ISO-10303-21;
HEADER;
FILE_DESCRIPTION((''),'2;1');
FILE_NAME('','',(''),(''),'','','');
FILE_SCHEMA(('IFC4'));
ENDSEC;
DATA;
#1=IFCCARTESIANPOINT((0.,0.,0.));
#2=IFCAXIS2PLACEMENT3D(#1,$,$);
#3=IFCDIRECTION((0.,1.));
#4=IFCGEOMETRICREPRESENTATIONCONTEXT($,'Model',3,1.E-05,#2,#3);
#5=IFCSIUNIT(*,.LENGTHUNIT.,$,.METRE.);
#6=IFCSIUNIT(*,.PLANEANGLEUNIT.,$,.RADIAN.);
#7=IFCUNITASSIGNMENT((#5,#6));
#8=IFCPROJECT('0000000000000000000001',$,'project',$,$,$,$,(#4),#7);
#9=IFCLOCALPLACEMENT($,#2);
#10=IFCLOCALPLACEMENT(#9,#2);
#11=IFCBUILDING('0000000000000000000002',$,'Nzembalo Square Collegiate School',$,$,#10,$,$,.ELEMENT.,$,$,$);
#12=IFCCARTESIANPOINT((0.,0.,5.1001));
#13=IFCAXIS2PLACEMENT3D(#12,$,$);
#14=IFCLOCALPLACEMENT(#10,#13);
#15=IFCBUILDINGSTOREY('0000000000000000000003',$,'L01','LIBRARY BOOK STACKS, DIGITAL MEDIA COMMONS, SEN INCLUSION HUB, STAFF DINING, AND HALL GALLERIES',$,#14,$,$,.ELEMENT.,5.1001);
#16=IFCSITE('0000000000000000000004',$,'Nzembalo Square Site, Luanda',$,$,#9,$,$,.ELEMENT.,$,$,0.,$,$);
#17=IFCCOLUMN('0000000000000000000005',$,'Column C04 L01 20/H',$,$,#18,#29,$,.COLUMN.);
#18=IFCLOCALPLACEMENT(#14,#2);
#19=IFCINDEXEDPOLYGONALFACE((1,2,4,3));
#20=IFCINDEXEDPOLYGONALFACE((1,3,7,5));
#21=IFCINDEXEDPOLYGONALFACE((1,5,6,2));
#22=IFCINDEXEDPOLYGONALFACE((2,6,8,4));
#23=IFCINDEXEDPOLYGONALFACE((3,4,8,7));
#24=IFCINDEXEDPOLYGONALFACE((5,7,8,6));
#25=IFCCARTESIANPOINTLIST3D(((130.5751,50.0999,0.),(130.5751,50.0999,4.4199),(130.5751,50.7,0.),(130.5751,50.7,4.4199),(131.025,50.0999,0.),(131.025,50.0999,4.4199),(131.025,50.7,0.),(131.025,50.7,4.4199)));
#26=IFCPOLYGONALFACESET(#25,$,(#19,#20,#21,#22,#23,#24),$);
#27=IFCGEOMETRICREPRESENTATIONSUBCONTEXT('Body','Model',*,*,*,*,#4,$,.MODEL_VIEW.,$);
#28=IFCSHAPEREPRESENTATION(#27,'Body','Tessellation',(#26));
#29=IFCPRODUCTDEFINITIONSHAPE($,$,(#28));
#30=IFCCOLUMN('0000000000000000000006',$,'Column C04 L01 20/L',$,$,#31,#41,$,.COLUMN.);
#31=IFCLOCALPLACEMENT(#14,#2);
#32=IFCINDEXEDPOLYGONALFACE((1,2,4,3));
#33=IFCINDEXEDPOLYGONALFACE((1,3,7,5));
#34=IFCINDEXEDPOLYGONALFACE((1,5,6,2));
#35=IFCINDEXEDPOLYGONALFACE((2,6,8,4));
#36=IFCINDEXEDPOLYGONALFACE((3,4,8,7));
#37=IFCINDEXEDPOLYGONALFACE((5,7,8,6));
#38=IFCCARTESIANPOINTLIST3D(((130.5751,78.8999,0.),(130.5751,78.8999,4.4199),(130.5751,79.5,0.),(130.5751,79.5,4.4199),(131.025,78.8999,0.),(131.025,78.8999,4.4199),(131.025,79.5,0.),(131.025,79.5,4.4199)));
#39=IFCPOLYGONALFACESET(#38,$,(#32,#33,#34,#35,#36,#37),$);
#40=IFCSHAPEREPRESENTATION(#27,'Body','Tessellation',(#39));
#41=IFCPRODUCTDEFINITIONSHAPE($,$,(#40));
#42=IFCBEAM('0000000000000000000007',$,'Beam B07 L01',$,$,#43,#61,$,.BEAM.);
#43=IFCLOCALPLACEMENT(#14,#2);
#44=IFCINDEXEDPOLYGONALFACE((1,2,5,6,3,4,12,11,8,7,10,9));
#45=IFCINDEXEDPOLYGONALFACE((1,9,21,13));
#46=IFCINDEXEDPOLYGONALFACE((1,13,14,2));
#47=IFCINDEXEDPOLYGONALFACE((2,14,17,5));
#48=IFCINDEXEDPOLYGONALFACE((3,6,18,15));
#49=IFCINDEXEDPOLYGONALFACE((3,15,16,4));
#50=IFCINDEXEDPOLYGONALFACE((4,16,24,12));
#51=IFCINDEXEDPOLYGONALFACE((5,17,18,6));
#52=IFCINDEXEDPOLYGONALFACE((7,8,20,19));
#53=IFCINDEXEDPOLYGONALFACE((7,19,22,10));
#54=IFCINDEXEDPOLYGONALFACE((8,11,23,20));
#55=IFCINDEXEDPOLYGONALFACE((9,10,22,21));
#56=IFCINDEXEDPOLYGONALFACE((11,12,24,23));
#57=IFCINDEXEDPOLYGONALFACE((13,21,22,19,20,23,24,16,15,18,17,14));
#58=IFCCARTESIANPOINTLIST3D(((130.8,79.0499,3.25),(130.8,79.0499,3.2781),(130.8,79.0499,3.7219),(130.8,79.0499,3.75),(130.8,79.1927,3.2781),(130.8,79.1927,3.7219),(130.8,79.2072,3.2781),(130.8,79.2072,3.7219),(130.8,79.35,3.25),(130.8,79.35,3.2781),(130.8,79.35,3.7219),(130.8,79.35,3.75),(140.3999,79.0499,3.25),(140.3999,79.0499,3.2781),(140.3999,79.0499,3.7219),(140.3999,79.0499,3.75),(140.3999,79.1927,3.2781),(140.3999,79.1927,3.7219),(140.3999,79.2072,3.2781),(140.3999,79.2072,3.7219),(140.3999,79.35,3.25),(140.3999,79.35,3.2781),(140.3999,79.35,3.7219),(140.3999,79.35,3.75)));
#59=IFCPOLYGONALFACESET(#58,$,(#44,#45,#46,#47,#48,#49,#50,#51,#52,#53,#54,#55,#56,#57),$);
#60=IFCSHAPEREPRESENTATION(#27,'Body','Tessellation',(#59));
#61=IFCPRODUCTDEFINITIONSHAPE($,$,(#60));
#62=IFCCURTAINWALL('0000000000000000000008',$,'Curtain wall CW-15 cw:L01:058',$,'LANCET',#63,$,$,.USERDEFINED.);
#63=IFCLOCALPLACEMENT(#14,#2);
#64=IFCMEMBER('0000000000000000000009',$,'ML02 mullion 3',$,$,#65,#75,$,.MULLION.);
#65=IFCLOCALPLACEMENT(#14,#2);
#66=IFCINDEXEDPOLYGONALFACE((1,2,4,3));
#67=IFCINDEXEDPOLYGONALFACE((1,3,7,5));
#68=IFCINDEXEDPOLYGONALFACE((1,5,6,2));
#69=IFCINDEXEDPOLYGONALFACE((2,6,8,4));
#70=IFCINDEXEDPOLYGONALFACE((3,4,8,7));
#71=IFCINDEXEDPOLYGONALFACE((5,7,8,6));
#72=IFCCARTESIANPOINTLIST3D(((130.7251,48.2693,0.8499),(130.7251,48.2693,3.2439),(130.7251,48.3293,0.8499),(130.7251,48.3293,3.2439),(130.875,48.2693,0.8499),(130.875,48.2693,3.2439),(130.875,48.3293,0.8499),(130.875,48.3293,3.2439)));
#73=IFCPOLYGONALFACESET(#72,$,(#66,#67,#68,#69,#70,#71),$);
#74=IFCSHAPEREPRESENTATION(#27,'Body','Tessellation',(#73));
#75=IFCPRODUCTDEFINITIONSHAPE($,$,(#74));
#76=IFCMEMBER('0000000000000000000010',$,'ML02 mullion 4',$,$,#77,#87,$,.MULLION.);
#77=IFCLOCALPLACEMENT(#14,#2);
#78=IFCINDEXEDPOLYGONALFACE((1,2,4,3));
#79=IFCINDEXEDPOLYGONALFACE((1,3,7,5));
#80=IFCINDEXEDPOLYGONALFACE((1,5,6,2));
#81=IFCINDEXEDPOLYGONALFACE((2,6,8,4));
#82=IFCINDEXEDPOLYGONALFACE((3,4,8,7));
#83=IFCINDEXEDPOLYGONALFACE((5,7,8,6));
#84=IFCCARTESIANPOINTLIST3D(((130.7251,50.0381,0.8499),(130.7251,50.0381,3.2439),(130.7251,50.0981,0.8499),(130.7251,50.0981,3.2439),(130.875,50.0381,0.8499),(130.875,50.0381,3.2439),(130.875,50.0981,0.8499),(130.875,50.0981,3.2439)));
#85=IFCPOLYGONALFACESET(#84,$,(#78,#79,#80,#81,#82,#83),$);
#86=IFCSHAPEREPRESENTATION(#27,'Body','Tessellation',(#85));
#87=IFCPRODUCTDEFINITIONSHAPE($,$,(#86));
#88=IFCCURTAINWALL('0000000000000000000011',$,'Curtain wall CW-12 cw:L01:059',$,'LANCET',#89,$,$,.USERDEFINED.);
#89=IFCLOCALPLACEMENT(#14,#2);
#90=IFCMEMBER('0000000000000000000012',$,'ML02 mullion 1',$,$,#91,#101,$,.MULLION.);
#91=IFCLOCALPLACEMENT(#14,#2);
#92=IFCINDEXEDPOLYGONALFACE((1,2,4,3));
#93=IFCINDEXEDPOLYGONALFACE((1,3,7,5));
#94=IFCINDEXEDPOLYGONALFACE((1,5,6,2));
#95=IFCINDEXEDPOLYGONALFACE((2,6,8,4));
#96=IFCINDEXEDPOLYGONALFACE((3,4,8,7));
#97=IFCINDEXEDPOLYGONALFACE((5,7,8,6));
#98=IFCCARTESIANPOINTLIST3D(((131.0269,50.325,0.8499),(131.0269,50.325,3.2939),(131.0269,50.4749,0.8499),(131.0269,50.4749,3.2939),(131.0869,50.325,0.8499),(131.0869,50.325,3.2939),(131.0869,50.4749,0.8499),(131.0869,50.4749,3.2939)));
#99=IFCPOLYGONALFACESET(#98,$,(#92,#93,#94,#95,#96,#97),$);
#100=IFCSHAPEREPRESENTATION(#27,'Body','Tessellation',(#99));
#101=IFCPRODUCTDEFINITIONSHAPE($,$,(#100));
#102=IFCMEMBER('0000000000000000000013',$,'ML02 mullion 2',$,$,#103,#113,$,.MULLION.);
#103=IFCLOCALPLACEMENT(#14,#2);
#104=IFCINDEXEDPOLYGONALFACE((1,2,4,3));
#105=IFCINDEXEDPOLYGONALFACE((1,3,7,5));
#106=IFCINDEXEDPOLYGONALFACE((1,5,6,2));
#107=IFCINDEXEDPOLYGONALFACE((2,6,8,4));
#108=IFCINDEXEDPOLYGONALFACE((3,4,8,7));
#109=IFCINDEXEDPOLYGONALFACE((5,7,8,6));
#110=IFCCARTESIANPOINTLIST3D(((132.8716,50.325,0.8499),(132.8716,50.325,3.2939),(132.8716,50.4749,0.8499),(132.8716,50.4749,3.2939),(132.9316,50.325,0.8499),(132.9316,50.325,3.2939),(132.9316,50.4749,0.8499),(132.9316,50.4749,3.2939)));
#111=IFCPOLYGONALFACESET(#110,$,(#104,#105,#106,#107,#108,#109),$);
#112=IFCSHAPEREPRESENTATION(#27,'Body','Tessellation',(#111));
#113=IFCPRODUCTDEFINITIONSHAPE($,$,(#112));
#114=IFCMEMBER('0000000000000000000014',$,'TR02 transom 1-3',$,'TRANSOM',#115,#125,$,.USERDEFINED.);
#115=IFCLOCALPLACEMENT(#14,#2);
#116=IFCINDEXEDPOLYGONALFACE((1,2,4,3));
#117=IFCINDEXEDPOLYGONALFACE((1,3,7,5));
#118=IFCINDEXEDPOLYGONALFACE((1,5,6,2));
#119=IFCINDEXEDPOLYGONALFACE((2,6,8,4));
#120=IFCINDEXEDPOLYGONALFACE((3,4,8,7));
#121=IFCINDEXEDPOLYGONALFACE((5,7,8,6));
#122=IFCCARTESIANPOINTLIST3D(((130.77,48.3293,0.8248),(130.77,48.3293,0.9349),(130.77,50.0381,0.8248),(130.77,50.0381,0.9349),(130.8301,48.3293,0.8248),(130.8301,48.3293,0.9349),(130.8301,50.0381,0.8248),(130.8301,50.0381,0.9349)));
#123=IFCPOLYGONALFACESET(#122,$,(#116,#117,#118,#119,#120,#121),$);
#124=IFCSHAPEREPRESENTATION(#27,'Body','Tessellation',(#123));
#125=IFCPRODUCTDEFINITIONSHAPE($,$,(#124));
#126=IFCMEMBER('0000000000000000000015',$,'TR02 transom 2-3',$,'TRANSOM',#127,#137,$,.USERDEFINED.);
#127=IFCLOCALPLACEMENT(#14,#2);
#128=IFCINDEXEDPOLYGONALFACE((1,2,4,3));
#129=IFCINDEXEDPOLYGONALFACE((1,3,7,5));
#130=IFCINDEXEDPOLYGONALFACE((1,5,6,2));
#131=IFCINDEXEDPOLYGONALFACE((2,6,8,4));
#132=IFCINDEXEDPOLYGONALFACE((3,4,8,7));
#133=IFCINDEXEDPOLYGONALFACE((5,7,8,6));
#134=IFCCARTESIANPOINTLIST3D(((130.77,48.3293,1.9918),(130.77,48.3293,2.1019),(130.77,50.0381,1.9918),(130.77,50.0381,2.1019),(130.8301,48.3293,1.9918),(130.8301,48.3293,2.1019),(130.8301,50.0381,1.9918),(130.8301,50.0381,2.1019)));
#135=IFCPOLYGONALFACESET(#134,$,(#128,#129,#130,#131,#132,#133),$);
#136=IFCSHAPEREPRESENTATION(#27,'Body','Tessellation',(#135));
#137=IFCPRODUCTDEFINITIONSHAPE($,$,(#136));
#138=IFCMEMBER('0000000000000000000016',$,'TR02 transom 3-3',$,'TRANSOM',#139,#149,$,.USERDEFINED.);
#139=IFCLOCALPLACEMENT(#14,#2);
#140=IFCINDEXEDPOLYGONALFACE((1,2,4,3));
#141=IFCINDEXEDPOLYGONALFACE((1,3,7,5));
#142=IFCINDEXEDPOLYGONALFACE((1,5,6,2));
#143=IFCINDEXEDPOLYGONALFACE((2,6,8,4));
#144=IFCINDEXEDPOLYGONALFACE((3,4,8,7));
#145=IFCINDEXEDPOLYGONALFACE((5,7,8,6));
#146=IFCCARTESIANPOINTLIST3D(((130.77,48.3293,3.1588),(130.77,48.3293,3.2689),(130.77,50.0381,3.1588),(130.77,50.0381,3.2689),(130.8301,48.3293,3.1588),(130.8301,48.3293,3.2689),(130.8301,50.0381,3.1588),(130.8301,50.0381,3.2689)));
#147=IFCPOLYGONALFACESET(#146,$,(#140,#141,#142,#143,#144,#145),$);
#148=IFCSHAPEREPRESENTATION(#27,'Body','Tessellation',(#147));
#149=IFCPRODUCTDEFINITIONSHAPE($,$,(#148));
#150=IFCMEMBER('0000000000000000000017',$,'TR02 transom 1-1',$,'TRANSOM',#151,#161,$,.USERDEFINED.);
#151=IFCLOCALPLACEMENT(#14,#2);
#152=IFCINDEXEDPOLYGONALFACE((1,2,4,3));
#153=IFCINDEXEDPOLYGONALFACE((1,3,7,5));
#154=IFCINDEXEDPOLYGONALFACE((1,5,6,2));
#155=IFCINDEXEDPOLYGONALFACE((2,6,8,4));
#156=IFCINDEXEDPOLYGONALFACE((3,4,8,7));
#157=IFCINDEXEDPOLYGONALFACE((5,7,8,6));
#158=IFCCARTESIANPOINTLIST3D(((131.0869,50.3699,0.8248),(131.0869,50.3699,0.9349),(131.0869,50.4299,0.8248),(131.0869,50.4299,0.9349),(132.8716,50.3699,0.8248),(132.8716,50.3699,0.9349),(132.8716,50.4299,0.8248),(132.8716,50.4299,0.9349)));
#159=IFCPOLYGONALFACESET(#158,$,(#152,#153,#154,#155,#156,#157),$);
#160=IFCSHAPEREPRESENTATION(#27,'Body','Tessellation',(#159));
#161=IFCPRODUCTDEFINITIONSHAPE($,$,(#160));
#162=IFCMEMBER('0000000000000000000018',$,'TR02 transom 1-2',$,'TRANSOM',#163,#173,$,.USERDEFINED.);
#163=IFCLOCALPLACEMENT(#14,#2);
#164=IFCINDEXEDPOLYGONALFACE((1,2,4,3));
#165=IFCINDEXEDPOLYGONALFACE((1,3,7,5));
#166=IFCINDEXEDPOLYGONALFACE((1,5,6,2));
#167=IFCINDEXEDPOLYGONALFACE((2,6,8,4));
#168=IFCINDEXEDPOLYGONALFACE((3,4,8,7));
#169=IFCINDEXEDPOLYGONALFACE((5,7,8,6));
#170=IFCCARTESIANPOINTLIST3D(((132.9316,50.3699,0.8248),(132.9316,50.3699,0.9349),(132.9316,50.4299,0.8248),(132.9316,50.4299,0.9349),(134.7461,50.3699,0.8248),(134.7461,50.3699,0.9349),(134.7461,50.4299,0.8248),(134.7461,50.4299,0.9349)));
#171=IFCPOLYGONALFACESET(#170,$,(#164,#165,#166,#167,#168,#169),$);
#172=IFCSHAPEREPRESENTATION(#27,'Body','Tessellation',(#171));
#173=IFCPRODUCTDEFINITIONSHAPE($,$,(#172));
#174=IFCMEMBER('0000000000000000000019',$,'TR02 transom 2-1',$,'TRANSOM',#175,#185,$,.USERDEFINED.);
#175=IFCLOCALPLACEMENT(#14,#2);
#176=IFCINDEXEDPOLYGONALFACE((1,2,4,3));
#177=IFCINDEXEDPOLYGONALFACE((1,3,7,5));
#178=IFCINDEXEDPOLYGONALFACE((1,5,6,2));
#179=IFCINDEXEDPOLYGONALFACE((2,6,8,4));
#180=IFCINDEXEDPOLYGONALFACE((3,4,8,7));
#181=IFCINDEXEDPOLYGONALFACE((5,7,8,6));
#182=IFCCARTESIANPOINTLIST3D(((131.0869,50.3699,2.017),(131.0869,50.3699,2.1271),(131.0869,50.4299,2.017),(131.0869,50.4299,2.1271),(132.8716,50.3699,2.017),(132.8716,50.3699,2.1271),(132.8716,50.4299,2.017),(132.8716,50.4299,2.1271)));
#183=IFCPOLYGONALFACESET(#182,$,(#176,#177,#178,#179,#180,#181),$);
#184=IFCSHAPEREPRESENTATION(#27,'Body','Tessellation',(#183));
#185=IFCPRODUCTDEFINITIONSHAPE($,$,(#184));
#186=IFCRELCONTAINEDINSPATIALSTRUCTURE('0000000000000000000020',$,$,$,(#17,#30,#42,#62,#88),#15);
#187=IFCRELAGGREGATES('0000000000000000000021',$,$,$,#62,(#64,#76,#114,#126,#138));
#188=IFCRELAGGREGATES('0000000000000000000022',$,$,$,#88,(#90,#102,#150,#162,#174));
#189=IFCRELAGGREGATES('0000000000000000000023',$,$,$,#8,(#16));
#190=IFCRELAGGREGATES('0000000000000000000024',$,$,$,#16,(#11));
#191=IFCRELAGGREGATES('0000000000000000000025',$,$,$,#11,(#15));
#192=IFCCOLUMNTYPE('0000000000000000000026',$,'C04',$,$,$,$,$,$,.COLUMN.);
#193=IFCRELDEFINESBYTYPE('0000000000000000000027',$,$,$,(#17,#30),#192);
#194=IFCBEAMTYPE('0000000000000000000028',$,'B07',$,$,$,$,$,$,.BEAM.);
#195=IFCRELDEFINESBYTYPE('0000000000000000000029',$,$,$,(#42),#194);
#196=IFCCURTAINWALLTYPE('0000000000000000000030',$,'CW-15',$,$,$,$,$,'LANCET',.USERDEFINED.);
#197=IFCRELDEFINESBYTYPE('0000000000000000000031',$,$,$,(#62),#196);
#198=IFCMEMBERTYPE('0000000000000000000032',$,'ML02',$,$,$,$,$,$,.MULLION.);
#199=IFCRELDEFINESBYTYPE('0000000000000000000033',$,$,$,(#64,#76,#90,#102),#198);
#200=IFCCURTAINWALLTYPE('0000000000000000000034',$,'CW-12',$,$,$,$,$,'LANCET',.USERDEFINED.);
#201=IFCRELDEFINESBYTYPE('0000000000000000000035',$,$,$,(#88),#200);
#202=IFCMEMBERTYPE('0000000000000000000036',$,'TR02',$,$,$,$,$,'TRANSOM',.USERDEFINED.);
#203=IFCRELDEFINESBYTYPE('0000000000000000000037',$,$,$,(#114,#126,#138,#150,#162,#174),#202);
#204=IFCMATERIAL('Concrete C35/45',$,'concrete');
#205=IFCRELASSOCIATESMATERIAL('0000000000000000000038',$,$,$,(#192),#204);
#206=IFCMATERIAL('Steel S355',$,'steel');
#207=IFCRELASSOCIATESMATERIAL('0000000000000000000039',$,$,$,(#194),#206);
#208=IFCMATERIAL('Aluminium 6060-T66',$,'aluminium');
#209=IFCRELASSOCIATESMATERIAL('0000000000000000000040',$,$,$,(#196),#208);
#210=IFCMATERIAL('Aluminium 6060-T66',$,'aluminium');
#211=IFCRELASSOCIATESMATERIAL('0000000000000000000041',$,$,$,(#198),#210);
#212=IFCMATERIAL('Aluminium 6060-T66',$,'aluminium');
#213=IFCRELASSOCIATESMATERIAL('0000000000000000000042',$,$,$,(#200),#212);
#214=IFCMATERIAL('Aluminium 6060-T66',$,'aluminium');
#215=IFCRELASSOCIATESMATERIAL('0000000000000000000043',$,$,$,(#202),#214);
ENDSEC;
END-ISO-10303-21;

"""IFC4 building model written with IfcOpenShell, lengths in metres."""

from ifc_helpers import new_model, si_unit, direction, frame, origin, origin_2d, place, context, subcontext, project, spatial, rectangle, i_section, extrude, material, material_profile, profile_set, type_object, element, aggregate, save


model = new_model("IFC4")

# Units and contexts
model_context = context("Model", 3, precision=1e-05, world=origin(), true_north=direction((0.0, 1.0)))
body_context = subcontext(model_context, "Body", "Model", "MODEL_VIEW")
ifc_project = project(units=[si_unit("LENGTHUNIT", "METRE"), si_unit("PLANEANGLEUNIT", "RADIAN")], contexts=[model_context])

# Site, building, storey
site_placement = place(None, origin())
site = spatial("IfcSite", under=ifc_project, at=site_placement, Name="Nzembalo Square Site, Luanda", CompositionType="ELEMENT", RefElevation=0.0)
building_placement = place(site_placement, origin())
building = spatial("IfcBuilding", under=site, at=building_placement, Name="Nzembalo Square Collegiate School", CompositionType="ELEMENT")
storey_placement = place(building_placement, frame((0.0, 0.0, 5.1001)))
storey = spatial("IfcBuildingStorey", under=building, at=storey_placement, Name="L01", Description="LIBRARY BOOK STACKS, DIGITAL MEDIA COMMONS, SEN INCLUSION HUB, STAFF DINING, AND HALL GALLERIES", CompositionType="ELEMENT", Elevation=5.1001)

# Columns
ifc_material_1 = material(Name="Concrete C35/45", Category="concrete")
ifc_material_profile_1 = material_profile(ifc_material_1, rectangle(XDim=0.45, YDim=0.6001, at=origin_2d()), Name="RC 450x600")
ifc_profile_set_1 = profile_set([ifc_material_profile_1], Name="Concrete C35/45")
column_type = type_object("IfcColumnType", Name="C04", PredefinedType="COLUMN", material=ifc_profile_set_1)
for number, where, z_axis, x_axis, name in (
    (1, (130.8, 50.3999, 0.0), (0.0, 0.0, 1.0), (1.0, 0.0, 0.0), "Column C04 L01 20/H"),
    (2, (130.8, 79.2, 0.0), (0.0, 0.0, 1.0), (1.0, 0.0, 0.0), "Column C04 L01 20/L"),
):
    element("IfcColumn", number, at=place(storey_placement, frame(where, z_axis=z_axis, x_axis=x_axis)), inside=storey, type_object=column_type, Name=name, PredefinedType="COLUMN", context=body_context, shape_type="SweptSolid", body=[
        extrude(rectangle(XDim=0.45, YDim=0.6001, at=origin_2d()), origin(), (0.0, 0.0, 1.0), 4.4199),
    ])

# Beam
ifc_material_2 = material(Name="Steel S355", Category="steel")
ifc_material_profile_2 = material_profile(ifc_material_2, i_section(OverallWidth=0.3, OverallDepth=0.5, WebThickness=0.0144, FlangeThickness=0.0281, at=origin_2d()), Name="HEB 500")
ifc_profile_set_2 = profile_set([ifc_material_profile_2], Name="Steel S355")
beam_type = type_object("IfcBeamType", Name="B07", PredefinedType="BEAM", material=ifc_profile_set_2)
beam_placement = place(storey_placement, frame((130.8, 79.2, 3.5), z_axis=(1.0, 0.0, 0.0), x_axis=(0.0, 1.0, 0.0)))
element("IfcBeam", 3, at=beam_placement, inside=storey, type_object=beam_type, Name="Beam B07 L01", PredefinedType="BEAM", context=body_context, shape_type="SweptSolid", body=[
    extrude(i_section(OverallWidth=0.3, OverallDepth=0.5, WebThickness=0.0144, FlangeThickness=0.0281, at=origin_2d()), origin(), (0.0, 0.0, 1.0), 9.5999),
])

# Curtain walls, members
ifc_material_3 = material(Name="Aluminium 6060-T66", Category="aluminium")
curtain_wall_type_1 = type_object("IfcCurtainWallType", Name="CW-15", ElementType="LANCET", PredefinedType="USERDEFINED", material=ifc_material_3)
curtain_wall_1_placement = place(storey_placement, origin())
curtain_wall_1 = element("IfcCurtainWall", 4, at=curtain_wall_1_placement, inside=storey, type_object=curtain_wall_type_1, Name="Curtain wall CW-15 cw:L01:058", ObjectType="LANCET", PredefinedType="USERDEFINED")
ifc_material_4 = material(Name="Aluminium 6060-T66", Category="aluminium")
ifc_material_profile_3 = material_profile(ifc_material_4, rectangle(XDim=0.0601, YDim=0.1499, at=origin_2d()), Name="ALU M60x150")
ifc_profile_set_3 = profile_set([ifc_material_profile_3], Name="Aluminium 6060-T66")
member_type_1 = type_object("IfcMemberType", Name="ML02", PredefinedType="MULLION", material=ifc_profile_set_3)
member_1_placement = place(storey_placement, frame((130.8, 48.2993, 0.8499), z_axis=(0.0, 0.0, 1.0), x_axis=(0.0, 1.0, 0.0)))
member_1 = element("IfcMember", 5, at=member_1_placement, type_object=member_type_1, Name="ML02 mullion 3", PredefinedType="MULLION", context=body_context, shape_type="SweptSolid", body=[
    extrude(rectangle(XDim=0.0601, YDim=0.1499, at=origin_2d()), origin(), (0.0, 0.0, 1.0), 2.394),
])
member_2_placement = place(storey_placement, frame((130.8, 50.0681, 0.8499), z_axis=(0.0, 0.0, 1.0), x_axis=(0.0, 1.0, 0.0)))
member_2 = element("IfcMember", 6, at=member_2_placement, type_object=member_type_1, Name="ML02 mullion 4", PredefinedType="MULLION", context=body_context, shape_type="SweptSolid", body=[
    extrude(rectangle(XDim=0.0601, YDim=0.1499, at=origin_2d()), origin(), (0.0, 0.0, 1.0), 2.394),
])
ifc_material_5 = material(Name="Aluminium 6060-T66", Category="aluminium")
curtain_wall_type_2 = type_object("IfcCurtainWallType", Name="CW-12", ElementType="LANCET", PredefinedType="USERDEFINED", material=ifc_material_5)
curtain_wall_2_placement = place(storey_placement, origin())
curtain_wall_2 = element("IfcCurtainWall", 7, at=curtain_wall_2_placement, inside=storey, type_object=curtain_wall_type_2, Name="Curtain wall CW-12 cw:L01:059", ObjectType="LANCET", PredefinedType="USERDEFINED")
member_3_placement = place(storey_placement, frame((131.0569, 50.3999, 0.8499), z_axis=(0.0, 0.0, 1.0), x_axis=(1.0, 0.0, 0.0)))
member_3 = element("IfcMember", 8, at=member_3_placement, type_object=member_type_1, Name="ML02 mullion 1", PredefinedType="MULLION", context=body_context, shape_type="SweptSolid", body=[
    extrude(rectangle(XDim=0.0601, YDim=0.1499, at=origin_2d()), origin(), (0.0, 0.0, 1.0), 2.4441),
])
member_4_placement = place(storey_placement, frame((132.9016, 50.3999, 0.8499), z_axis=(0.0, 0.0, 1.0), x_axis=(1.0, 0.0, 0.0)))
member_4 = element("IfcMember", 9, at=member_4_placement, type_object=member_type_1, Name="ML02 mullion 2", PredefinedType="MULLION", context=body_context, shape_type="SweptSolid", body=[
    extrude(rectangle(XDim=0.0601, YDim=0.1499, at=origin_2d()), origin(), (0.0, 0.0, 1.0), 2.4441),
])

# Members
ifc_material_6 = material(Name="Aluminium 6060-T66", Category="aluminium")
ifc_material_profile_4 = material_profile(ifc_material_6, rectangle(XDim=0.0601, YDim=0.1101, at=origin_2d()), Name="ALU T60x110")
ifc_profile_set_4 = profile_set([ifc_material_profile_4], Name="Aluminium 6060-T66")
member_type_2 = type_object("IfcMemberType", Name="TR02", ElementType="TRANSOM", PredefinedType="USERDEFINED", material=ifc_profile_set_4)
member_5_placement = place(storey_placement, frame((130.8, 48.3293, 0.8799), z_axis=(0.0, 1.0, 0.0), x_axis=(-1.0, 0.0, 0.0)))
member_5 = element("IfcMember", 10, at=member_5_placement, type_object=member_type_2, Name="TR02 transom 1-3", ObjectType="TRANSOM", PredefinedType="USERDEFINED", context=body_context, shape_type="SweptSolid", body=[
    extrude(rectangle(XDim=0.0601, YDim=0.1101, at=origin_2d()), origin(), (0.0, 0.0, 1.0), 1.7087),
])
member_6_placement = place(storey_placement, frame((130.8, 48.3293, 2.0469), z_axis=(0.0, 1.0, 0.0), x_axis=(-1.0, 0.0, 0.0)))
member_6 = element("IfcMember", 11, at=member_6_placement, type_object=member_type_2, Name="TR02 transom 2-3", ObjectType="TRANSOM", PredefinedType="USERDEFINED", context=body_context, shape_type="SweptSolid", body=[
    extrude(rectangle(XDim=0.0601, YDim=0.1101, at=origin_2d()), origin(), (0.0, 0.0, 1.0), 1.7087),
])
member_7_placement = place(storey_placement, frame((130.8, 48.3293, 3.2139), z_axis=(0.0, 1.0, 0.0), x_axis=(-1.0, 0.0, 0.0)))
member_7 = element("IfcMember", 12, at=member_7_placement, type_object=member_type_2, Name="TR02 transom 3-3", ObjectType="TRANSOM", PredefinedType="USERDEFINED", context=body_context, shape_type="SweptSolid", body=[
    extrude(rectangle(XDim=0.0601, YDim=0.1101, at=origin_2d()), origin(), (0.0, 0.0, 1.0), 1.7087),
])
member_8_placement = place(storey_placement, frame((131.0869, 50.3999, 0.8799), z_axis=(1.0, 0.0, 0.0), x_axis=(0.0, 1.0, 0.0)))
member_8 = element("IfcMember", 13, at=member_8_placement, type_object=member_type_2, Name="TR02 transom 1-1", ObjectType="TRANSOM", PredefinedType="USERDEFINED", context=body_context, shape_type="SweptSolid", body=[
    extrude(rectangle(XDim=0.0601, YDim=0.1101, at=origin_2d()), origin(), (0.0, 0.0, 1.0), 1.7847),
])
member_9_placement = place(storey_placement, frame((132.9316, 50.3999, 0.8799), z_axis=(1.0, 0.0, 0.0), x_axis=(0.0, 1.0, 0.0)))
member_9 = element("IfcMember", 14, at=member_9_placement, type_object=member_type_2, Name="TR02 transom 1-2", ObjectType="TRANSOM", PredefinedType="USERDEFINED", context=body_context, shape_type="SweptSolid", body=[
    extrude(rectangle(XDim=0.0601, YDim=0.1101, at=origin_2d()), origin(), (0.0, 0.0, 1.0), 1.8145),
])
member_10_placement = place(storey_placement, frame((131.0869, 50.3999, 2.072), z_axis=(1.0, 0.0, 0.0), x_axis=(0.0, 1.0, 0.0)))
member_10 = element("IfcMember", 15, at=member_10_placement, type_object=member_type_2, Name="TR02 transom 2-1", ObjectType="TRANSOM", PredefinedType="USERDEFINED", context=body_context, shape_type="SweptSolid", body=[
    extrude(rectangle(XDim=0.0601, YDim=0.1101, at=origin_2d()), origin(), (0.0, 0.0, 1.0), 1.7847),
])

aggregate(curtain_wall_1, [member_1, member_2, member_5, member_6, member_7])
aggregate(curtain_wall_2, [member_3, member_4, member_8, member_9, member_10])

save(model, "model.ifc")
